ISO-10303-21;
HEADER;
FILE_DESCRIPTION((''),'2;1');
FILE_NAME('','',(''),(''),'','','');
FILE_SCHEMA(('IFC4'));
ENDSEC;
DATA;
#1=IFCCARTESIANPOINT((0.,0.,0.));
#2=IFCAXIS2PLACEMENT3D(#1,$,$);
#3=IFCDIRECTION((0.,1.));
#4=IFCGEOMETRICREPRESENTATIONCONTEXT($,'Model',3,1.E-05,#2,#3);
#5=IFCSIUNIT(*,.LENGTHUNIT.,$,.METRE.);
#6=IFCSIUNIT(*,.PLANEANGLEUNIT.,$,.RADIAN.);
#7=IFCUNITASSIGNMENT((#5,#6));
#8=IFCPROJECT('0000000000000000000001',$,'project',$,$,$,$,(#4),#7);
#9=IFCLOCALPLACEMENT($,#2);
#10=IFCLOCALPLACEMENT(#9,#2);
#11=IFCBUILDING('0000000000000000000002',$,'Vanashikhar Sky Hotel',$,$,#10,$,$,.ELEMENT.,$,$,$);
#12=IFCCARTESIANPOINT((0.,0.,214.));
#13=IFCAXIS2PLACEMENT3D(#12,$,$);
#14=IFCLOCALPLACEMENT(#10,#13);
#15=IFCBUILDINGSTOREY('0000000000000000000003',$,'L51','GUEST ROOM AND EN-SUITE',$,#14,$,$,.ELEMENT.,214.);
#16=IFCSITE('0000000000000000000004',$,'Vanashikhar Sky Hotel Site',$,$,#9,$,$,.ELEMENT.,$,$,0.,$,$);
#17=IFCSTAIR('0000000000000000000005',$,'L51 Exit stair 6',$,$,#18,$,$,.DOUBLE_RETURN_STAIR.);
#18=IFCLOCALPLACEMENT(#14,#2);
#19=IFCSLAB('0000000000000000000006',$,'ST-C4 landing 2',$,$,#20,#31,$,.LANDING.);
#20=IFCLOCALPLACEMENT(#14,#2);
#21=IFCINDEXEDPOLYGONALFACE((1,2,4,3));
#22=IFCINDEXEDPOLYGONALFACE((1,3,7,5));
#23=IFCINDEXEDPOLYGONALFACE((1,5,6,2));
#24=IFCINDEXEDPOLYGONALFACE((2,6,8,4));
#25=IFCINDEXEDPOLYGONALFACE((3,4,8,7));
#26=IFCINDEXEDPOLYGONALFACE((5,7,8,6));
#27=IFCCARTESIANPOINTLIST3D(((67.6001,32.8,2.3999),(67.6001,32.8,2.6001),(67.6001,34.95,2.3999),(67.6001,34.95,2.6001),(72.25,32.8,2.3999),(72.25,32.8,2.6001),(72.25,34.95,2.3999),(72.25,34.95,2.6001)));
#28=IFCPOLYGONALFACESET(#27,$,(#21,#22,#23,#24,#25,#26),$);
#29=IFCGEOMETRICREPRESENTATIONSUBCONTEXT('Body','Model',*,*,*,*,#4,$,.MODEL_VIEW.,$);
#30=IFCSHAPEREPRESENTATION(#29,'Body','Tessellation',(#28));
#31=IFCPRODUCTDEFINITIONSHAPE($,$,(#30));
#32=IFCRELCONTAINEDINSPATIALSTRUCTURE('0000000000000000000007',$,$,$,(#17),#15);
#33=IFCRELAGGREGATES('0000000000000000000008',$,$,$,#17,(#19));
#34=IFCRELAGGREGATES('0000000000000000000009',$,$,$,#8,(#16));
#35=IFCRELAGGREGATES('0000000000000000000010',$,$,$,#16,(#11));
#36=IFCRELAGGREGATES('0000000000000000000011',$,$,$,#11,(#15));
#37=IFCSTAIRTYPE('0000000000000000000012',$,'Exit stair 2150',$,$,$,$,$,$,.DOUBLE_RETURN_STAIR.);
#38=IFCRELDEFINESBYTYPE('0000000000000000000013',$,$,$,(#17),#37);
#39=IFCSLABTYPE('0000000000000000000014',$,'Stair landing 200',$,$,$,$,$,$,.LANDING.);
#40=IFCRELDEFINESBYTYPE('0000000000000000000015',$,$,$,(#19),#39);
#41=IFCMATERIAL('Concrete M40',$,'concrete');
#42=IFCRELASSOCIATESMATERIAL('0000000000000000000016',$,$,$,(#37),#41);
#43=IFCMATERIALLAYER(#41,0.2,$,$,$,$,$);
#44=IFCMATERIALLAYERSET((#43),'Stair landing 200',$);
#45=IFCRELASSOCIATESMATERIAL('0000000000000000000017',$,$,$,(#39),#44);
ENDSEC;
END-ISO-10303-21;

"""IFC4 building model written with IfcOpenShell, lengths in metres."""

from ifc_helpers import new_model, si_unit, direction, frame, origin, place, context, subcontext, project, spatial, polyline, outline, extrude, source, transform, mapped, material, layer, layer_set, type_object, element, aggregate, save


model = new_model("IFC4")

# Units and contexts
model_context = context("Model", 3, precision=1e-05, world=origin(), true_north=direction((0.0, 1.0)))
body_context = subcontext(model_context, "Body", "Model", "MODEL_VIEW")
ifc_project = project(units=[si_unit("LENGTHUNIT", "METRE"), si_unit("PLANEANGLEUNIT", "RADIAN")], contexts=[model_context])

# Site, building, storey
site_placement = place(None, origin())
site = spatial("IfcSite", under=ifc_project, at=site_placement, Name="Vanashikhar Sky Hotel Site", CompositionType="ELEMENT", RefElevation=0.0)
building_placement = place(site_placement, origin())
building = spatial("IfcBuilding", under=site, at=building_placement, Name="Vanashikhar Sky Hotel", CompositionType="ELEMENT")
storey_placement = place(building_placement, frame((0.0, 0.0, 214.0)))
storey = spatial("IfcBuildingStorey", under=building, at=storey_placement, Name="L51", Description="GUEST ROOM AND EN-SUITE", CompositionType="ELEMENT", Elevation=214.0)

# Shared definitions
ifc_material = material(Name="Concrete M40", Category="concrete")

# Shared definitions
stair_type = type_object("IfcStairType", Name="Exit stair 2150", PredefinedType="DOUBLE_RETURN_STAIR", material=ifc_material)
ifc_layer_1 = layer(ifc_material, 0.2)
ifc_layer_set_1 = layer_set([ifc_layer_1], Name="Stair landing 200")
slab_type_1 = type_object("IfcSlabType", Name="Stair landing 200", PredefinedType="LANDING", material=ifc_layer_set_1)

# Stair, slab
stair_1_placement = place(storey_placement, origin())
stair_1 = element("IfcStair", 1, at=stair_1_placement, inside=storey, type_object=stair_type, Name="L51 Exit stair 6", PredefinedType="DOUBLE_RETURN_STAIR")
shared_shape_1 = source(origin(), body_context, "Body", "SweptSolid", [
    extrude(outline(polyline([(72.25, 32.8), (72.25, 34.95), (67.6001, 34.95), (67.6001, 32.8), (72.25, 32.8)])), origin(), (0.0, 0.0, 1.0), 0.2002),
])
slab_1_placement = place(storey_placement, frame((0.0, 0.0, 2.3999)))
slab_1 = element("IfcSlab", 2, at=slab_1_placement, type_object=slab_type_1, Name="ST-C4 landing 2", PredefinedType="LANDING", context=body_context, shape_type="MappedRepresentation", body=[
    mapped(shared_shape_1, transform((0.0, 0.0, 0.0), scale=1.0)),
])
aggregate(stair_1, [slab_1])

save(model, "model.ifc")
